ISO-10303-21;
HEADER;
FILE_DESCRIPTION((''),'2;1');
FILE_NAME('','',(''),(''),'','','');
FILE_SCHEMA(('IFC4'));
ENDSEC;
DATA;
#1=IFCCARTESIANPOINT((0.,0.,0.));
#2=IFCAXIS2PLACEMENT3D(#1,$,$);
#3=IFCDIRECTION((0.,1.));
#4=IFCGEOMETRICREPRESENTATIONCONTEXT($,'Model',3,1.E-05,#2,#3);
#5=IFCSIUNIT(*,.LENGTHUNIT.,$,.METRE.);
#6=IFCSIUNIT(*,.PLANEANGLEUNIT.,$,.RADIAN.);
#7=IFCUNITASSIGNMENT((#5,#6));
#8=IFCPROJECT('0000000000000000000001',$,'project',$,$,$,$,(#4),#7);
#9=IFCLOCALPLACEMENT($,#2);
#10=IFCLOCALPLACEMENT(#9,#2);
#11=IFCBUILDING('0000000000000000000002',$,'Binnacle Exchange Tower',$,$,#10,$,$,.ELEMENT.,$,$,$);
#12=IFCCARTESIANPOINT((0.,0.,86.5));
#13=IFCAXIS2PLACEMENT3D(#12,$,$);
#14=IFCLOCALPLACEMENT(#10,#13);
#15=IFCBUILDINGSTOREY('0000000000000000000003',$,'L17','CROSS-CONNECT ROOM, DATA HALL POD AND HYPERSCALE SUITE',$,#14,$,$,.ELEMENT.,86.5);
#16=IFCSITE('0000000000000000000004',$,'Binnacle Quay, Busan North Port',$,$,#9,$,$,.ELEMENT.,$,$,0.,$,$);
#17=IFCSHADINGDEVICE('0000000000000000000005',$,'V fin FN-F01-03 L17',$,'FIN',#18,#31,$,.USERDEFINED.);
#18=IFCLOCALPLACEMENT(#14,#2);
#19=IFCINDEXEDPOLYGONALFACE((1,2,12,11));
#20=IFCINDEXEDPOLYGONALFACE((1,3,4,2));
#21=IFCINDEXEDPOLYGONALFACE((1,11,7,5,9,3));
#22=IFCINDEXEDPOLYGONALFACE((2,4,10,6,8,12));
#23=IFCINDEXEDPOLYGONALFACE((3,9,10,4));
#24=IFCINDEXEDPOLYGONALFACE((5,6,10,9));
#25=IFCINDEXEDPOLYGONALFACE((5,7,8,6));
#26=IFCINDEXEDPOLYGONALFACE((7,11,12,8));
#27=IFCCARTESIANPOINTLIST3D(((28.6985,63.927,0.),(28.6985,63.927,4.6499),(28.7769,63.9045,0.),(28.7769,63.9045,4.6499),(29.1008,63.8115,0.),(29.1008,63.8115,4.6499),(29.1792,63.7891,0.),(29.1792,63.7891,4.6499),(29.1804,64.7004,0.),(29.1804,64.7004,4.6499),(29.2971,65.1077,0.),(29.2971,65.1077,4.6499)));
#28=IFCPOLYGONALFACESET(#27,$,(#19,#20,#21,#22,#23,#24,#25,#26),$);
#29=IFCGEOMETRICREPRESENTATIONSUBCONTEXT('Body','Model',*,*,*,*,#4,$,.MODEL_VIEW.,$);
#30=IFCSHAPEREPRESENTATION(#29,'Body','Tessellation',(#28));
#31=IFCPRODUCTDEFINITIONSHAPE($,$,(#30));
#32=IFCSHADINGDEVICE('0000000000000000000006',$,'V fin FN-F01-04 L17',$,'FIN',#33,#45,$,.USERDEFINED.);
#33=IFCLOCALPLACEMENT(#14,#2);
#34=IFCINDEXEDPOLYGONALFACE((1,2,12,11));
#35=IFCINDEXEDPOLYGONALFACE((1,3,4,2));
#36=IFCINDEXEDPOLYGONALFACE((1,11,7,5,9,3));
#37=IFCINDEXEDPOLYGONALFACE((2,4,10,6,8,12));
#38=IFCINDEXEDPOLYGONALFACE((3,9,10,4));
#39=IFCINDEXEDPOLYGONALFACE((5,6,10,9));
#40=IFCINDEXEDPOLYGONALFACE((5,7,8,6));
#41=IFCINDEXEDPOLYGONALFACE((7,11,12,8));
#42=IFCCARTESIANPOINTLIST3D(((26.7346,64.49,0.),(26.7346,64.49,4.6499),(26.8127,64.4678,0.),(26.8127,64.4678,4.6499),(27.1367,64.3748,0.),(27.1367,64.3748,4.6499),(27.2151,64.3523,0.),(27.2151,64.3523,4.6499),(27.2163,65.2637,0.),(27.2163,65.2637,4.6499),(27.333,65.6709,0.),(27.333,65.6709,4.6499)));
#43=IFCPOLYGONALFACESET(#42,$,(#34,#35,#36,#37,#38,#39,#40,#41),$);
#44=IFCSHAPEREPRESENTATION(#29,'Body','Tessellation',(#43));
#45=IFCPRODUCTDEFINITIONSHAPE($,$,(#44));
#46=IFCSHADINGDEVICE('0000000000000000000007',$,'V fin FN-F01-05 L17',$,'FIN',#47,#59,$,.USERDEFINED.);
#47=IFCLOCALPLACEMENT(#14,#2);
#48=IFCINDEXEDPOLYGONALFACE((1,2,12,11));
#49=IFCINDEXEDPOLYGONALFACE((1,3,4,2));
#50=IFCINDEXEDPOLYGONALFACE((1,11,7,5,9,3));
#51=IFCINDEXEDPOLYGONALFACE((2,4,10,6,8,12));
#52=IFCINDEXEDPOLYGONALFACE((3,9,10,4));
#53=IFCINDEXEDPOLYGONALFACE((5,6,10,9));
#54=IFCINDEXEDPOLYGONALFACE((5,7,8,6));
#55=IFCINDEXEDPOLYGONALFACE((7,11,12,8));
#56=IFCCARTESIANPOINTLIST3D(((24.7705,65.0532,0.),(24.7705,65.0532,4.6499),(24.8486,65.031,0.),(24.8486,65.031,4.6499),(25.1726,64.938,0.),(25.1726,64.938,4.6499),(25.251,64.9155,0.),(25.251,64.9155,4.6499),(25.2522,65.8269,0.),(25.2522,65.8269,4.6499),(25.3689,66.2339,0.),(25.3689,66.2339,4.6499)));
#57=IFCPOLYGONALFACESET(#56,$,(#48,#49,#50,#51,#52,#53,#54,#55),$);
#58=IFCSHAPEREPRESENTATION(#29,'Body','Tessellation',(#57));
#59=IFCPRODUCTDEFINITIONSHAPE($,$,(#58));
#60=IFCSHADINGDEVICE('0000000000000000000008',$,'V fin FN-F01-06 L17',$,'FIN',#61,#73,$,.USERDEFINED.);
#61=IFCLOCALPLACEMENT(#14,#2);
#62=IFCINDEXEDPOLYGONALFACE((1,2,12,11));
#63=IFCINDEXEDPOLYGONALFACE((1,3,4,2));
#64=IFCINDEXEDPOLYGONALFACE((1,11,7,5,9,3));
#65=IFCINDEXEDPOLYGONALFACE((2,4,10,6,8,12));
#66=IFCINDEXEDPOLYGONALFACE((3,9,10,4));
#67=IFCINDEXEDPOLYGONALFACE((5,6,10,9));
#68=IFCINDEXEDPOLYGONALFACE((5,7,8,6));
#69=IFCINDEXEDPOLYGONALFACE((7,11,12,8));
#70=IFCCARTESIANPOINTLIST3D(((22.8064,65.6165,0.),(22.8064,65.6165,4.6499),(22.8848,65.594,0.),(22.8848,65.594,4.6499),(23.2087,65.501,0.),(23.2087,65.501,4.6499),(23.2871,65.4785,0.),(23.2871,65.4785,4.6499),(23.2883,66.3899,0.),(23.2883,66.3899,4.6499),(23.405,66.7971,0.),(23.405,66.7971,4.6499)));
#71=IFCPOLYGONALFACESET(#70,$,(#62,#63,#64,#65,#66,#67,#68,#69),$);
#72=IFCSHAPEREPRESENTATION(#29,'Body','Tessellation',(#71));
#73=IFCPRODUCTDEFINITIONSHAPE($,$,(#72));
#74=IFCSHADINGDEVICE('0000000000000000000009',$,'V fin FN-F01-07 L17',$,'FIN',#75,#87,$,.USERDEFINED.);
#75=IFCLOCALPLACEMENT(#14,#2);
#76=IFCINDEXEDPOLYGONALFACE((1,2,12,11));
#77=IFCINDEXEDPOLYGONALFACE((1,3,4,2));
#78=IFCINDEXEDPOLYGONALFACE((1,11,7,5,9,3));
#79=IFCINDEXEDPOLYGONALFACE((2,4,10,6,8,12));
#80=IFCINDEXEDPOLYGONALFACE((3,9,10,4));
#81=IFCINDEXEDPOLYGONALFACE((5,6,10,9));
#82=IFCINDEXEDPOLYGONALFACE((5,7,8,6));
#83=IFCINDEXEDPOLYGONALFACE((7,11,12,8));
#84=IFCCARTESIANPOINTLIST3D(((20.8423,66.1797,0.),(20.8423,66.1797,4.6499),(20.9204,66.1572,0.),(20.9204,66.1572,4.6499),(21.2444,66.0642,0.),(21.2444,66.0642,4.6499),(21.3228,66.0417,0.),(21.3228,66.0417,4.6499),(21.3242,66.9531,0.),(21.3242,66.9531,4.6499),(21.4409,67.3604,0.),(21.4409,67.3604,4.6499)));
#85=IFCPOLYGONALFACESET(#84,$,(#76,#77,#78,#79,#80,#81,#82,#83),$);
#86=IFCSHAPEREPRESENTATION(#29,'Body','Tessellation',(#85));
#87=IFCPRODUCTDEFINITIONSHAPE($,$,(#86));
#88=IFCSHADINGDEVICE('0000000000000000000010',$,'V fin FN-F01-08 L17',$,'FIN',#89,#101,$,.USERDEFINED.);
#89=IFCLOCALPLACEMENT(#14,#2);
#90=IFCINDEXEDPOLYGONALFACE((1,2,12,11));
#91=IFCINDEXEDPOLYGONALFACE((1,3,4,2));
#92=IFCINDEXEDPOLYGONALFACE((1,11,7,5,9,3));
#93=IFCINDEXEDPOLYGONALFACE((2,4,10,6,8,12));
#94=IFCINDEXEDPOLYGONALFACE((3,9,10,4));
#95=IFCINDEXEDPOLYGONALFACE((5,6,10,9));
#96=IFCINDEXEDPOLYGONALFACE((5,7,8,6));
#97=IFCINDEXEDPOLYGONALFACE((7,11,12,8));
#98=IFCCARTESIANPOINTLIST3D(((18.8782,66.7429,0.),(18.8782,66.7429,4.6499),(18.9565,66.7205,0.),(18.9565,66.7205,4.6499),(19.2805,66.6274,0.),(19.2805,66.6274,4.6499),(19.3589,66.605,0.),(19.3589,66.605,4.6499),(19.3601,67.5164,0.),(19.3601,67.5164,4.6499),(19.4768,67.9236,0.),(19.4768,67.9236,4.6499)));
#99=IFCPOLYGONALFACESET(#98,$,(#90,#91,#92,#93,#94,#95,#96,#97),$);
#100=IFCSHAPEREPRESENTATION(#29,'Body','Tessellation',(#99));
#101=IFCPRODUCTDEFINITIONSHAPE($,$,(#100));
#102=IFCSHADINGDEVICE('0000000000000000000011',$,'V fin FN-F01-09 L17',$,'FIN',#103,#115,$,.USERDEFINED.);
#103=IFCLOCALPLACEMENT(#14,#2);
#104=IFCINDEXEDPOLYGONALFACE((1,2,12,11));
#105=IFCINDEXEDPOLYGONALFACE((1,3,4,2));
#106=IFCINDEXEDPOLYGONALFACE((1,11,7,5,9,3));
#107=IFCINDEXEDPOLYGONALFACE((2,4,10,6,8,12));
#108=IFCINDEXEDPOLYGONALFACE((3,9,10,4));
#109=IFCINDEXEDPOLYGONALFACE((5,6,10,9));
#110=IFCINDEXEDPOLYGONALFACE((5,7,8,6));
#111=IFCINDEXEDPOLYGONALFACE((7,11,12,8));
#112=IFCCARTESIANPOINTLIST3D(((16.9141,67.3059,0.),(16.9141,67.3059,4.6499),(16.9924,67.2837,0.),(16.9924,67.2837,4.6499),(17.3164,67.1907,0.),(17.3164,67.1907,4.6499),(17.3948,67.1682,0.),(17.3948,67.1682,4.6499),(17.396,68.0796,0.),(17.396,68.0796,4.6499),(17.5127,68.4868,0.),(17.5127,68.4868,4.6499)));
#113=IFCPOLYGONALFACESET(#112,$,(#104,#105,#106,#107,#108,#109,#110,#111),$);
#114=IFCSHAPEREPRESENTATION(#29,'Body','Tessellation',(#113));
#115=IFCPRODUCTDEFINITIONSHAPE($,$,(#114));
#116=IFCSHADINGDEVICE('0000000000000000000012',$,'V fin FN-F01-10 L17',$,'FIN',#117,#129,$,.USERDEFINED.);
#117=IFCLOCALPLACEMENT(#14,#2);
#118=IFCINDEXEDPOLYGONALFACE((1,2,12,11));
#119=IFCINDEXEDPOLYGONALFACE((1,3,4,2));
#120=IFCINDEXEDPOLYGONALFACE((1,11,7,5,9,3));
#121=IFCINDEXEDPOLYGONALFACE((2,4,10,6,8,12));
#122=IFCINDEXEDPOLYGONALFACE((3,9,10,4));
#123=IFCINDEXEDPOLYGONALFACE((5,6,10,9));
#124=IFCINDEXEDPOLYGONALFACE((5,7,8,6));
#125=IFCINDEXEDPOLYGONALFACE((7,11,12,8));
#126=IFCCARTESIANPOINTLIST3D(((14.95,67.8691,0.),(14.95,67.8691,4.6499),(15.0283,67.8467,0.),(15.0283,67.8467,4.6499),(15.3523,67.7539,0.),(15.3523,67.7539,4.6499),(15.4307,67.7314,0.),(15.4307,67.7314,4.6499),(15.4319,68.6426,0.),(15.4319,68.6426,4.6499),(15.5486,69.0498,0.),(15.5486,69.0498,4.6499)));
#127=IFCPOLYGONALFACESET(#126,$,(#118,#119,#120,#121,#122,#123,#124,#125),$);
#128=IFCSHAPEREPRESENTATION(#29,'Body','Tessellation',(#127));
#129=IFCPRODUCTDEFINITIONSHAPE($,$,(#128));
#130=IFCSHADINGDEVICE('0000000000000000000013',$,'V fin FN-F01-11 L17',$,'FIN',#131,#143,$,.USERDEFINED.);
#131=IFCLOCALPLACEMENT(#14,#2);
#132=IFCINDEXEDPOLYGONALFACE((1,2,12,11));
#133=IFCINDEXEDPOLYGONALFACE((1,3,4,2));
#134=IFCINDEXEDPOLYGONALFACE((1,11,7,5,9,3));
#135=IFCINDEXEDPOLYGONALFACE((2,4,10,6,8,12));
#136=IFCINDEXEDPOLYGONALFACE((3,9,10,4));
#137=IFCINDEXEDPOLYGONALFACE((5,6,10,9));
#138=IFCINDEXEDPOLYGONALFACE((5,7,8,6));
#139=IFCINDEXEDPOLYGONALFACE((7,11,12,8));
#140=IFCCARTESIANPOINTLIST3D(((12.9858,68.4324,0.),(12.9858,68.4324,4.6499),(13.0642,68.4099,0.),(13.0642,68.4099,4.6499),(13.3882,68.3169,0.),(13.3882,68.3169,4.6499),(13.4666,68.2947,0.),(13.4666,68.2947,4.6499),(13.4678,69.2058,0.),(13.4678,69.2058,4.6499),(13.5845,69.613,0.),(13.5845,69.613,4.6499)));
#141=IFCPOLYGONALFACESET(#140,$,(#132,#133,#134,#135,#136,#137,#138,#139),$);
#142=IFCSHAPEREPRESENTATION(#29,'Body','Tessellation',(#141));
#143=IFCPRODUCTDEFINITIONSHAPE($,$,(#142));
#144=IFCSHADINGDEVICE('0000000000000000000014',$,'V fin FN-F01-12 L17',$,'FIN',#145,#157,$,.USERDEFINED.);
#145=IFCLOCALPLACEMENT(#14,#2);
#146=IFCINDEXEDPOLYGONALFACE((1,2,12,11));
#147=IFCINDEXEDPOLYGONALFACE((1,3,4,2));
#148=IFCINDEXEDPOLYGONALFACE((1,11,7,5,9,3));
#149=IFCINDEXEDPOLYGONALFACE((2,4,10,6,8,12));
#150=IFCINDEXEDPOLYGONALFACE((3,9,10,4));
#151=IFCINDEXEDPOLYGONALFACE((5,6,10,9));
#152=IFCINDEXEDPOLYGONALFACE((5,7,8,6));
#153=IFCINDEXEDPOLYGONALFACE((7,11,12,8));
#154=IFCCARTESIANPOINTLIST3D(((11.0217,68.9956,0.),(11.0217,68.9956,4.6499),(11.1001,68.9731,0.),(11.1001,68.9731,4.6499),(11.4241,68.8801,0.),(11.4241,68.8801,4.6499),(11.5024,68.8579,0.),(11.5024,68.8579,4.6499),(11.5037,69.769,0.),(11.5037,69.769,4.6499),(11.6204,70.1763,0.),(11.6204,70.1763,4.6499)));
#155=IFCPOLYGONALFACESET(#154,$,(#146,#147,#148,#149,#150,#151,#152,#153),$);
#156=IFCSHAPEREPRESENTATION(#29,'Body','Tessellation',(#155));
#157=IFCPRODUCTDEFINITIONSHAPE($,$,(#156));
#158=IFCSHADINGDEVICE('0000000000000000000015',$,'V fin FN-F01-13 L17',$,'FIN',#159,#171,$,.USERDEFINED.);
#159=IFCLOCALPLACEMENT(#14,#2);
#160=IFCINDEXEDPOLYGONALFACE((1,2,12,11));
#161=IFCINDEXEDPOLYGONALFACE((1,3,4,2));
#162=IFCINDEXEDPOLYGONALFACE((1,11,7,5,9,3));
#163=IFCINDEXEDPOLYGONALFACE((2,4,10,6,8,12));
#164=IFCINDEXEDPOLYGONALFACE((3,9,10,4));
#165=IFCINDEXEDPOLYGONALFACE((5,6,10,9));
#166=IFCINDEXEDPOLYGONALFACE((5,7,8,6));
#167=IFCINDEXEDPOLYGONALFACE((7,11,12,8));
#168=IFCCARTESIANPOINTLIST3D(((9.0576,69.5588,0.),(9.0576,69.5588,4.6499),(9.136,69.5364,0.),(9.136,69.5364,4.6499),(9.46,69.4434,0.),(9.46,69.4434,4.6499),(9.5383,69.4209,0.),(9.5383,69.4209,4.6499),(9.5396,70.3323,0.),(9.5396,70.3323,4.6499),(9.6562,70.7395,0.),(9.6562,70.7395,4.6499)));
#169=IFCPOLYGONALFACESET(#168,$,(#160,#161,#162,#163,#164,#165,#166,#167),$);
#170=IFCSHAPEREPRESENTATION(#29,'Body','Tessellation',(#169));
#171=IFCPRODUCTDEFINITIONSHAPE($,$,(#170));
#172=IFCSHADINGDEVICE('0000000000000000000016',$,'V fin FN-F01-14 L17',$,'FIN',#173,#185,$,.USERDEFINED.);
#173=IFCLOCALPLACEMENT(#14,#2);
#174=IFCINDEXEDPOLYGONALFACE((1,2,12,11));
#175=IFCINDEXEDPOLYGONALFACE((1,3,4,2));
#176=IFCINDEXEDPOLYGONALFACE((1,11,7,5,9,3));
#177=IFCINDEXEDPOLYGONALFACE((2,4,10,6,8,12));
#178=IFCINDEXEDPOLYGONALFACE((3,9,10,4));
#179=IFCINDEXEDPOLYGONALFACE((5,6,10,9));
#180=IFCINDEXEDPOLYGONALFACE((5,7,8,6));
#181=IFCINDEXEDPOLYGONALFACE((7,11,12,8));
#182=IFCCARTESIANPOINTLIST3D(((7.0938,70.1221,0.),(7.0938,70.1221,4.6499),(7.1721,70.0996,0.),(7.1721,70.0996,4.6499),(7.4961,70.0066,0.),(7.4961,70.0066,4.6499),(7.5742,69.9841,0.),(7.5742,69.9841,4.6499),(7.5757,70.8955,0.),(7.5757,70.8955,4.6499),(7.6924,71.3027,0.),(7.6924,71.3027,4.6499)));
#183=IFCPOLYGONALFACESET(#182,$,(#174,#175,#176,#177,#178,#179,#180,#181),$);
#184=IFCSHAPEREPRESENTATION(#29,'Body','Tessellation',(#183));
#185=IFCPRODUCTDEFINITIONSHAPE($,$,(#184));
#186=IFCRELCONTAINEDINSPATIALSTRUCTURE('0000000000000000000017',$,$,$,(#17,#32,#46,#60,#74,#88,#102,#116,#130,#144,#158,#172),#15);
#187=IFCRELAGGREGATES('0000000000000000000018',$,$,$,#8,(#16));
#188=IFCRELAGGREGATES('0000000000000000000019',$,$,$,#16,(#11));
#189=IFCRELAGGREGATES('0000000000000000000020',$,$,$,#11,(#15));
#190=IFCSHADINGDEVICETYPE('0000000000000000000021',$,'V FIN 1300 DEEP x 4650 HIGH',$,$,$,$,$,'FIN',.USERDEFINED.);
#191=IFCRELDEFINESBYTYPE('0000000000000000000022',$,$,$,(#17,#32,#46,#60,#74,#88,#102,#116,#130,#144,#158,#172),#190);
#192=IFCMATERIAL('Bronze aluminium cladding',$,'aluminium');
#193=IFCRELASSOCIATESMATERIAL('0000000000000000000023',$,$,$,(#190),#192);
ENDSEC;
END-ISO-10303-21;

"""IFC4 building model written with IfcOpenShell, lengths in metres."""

from ifc_helpers import new_model, si_unit, direction, frame, origin, place, context, subcontext, project, spatial, polyline, outline, extrude, material, type_object, element, save


model = new_model("IFC4")

# Units and contexts
model_context = context("Model", 3, precision=1e-05, world=origin(), true_north=direction((0.0, 1.0)))
body_context = subcontext(model_context, "Body", "Model", "MODEL_VIEW")
ifc_project = project(units=[si_unit("LENGTHUNIT", "METRE"), si_unit("PLANEANGLEUNIT", "RADIAN")], contexts=[model_context])

# Site, building, storey
site_placement = place(None, origin())
site = spatial("IfcSite", under=ifc_project, at=site_placement, Name="Binnacle Quay, Busan North Port", CompositionType="ELEMENT", RefElevation=0.0)
building_placement = place(site_placement, origin())
building = spatial("IfcBuilding", under=site, at=building_placement, Name="Binnacle Exchange Tower", CompositionType="ELEMENT")
storey_placement = place(building_placement, frame((0.0, 0.0, 86.5)))
storey = spatial("IfcBuildingStorey", under=building, at=storey_placement, Name="L17", Description="CROSS-CONNECT ROOM, DATA HALL POD AND HYPERSCALE SUITE", CompositionType="ELEMENT", Elevation=86.5)

# Shading devices
ifc_material_1 = material(Name="Bronze aluminium cladding", Category="aluminium")
shading_device_type = type_object("IfcShadingDeviceType", Name="V FIN 1300 DEEP x 4650 HIGH", ElementType="FIN", PredefinedType="USERDEFINED", material=ifc_material_1)
shading_device_1_placement = place(storey_placement, origin())
element("IfcShadingDevice", 1, at=shading_device_1_placement, inside=storey, type_object=shading_device_type, Name="V fin FN-F01-03 L17", ObjectType="FIN", PredefinedType="USERDEFINED", context=body_context, shape_type="SweptSolid", body=[
    extrude(outline(polyline([(29.1792, 63.7891), (29.2971, 65.1077), (28.6985, 63.927), (28.7769, 63.9045), (29.1804, 64.7004), (29.1008, 63.8115), (29.1792, 63.7891)])), origin(), (0.0, 0.0, 1.0), 4.6499),
])
shading_device_2_placement = place(storey_placement, origin())
element("IfcShadingDevice", 2, at=shading_device_2_placement, inside=storey, type_object=shading_device_type, Name="V fin FN-F01-04 L17", ObjectType="FIN", PredefinedType="USERDEFINED", context=body_context, shape_type="SweptSolid", body=[
    extrude(outline(polyline([(27.2151, 64.3523), (27.333, 65.6709), (26.7346, 64.49), (26.8127, 64.4678), (27.2163, 65.2637), (27.1367, 64.3748), (27.2151, 64.3523)])), origin(), (0.0, 0.0, 1.0), 4.6499),
])
shading_device_3_placement = place(storey_placement, origin())
element("IfcShadingDevice", 3, at=shading_device_3_placement, inside=storey, type_object=shading_device_type, Name="V fin FN-F01-05 L17", ObjectType="FIN", PredefinedType="USERDEFINED", context=body_context, shape_type="SweptSolid", body=[
    extrude(outline(polyline([(25.251, 64.9155), (25.3689, 66.2339), (24.7705, 65.0532), (24.8486, 65.031), (25.2522, 65.8269), (25.1726, 64.938), (25.251, 64.9155)])), origin(), (0.0, 0.0, 1.0), 4.6499),
])
shading_device_4_placement = place(storey_placement, origin())
element("IfcShadingDevice", 4, at=shading_device_4_placement, inside=storey, type_object=shading_device_type, Name="V fin FN-F01-06 L17", ObjectType="FIN", PredefinedType="USERDEFINED", context=body_context, shape_type="SweptSolid", body=[
    extrude(outline(polyline([(23.2871, 65.4785), (23.405, 66.7971), (22.8064, 65.6165), (22.8848, 65.594), (23.2883, 66.3899), (23.2087, 65.501), (23.2871, 65.4785)])), origin(), (0.0, 0.0, 1.0), 4.6499),
])
shading_device_5_placement = place(storey_placement, origin())
element("IfcShadingDevice", 5, at=shading_device_5_placement, inside=storey, type_object=shading_device_type, Name="V fin FN-F01-07 L17", ObjectType="FIN", PredefinedType="USERDEFINED", context=body_context, shape_type="SweptSolid", body=[
    extrude(outline(polyline([(21.3228, 66.0417), (21.4409, 67.3604), (20.8423, 66.1797), (20.9204, 66.1572), (21.3242, 66.9531), (21.2444, 66.0642), (21.3228, 66.0417)])), origin(), (0.0, 0.0, 1.0), 4.6499),
])
shading_device_6_placement = place(storey_placement, origin())
element("IfcShadingDevice", 6, at=shading_device_6_placement, inside=storey, type_object=shading_device_type, Name="V fin FN-F01-08 L17", ObjectType="FIN", PredefinedType="USERDEFINED", context=body_context, shape_type="SweptSolid", body=[
    extrude(outline(polyline([(19.3589, 66.605), (19.4768, 67.9236), (18.8782, 66.7429), (18.9565, 66.7205), (19.3601, 67.5164), (19.2805, 66.6274), (19.3589, 66.605)])), origin(), (0.0, 0.0, 1.0), 4.6499),
])
shading_device_7_placement = place(storey_placement, origin())
element("IfcShadingDevice", 7, at=shading_device_7_placement, inside=storey, type_object=shading_device_type, Name="V fin FN-F01-09 L17", ObjectType="FIN", PredefinedType="USERDEFINED", context=body_context, shape_type="SweptSolid", body=[
    extrude(outline(polyline([(17.3948, 67.1682), (17.5127, 68.4868), (16.9141, 67.3059), (16.9924, 67.2837), (17.396, 68.0796), (17.3164, 67.1907), (17.3948, 67.1682)])), origin(), (0.0, 0.0, 1.0), 4.6499),
])
shading_device_8_placement = place(storey_placement, origin())
element("IfcShadingDevice", 8, at=shading_device_8_placement, inside=storey, type_object=shading_device_type, Name="V fin FN-F01-10 L17", ObjectType="FIN", PredefinedType="USERDEFINED", context=body_context, shape_type="SweptSolid", body=[
    extrude(outline(polyline([(15.4307, 67.7314), (15.5486, 69.0498), (14.95, 67.8691), (15.0283, 67.8467), (15.4319, 68.6426), (15.3523, 67.7539), (15.4307, 67.7314)])), origin(), (0.0, 0.0, 1.0), 4.6499),
])
shading_device_9_placement = place(storey_placement, origin())
element("IfcShadingDevice", 9, at=shading_device_9_placement, inside=storey, type_object=shading_device_type, Name="V fin FN-F01-11 L17", ObjectType="FIN", PredefinedType="USERDEFINED", context=body_context, shape_type="SweptSolid", body=[
    extrude(outline(polyline([(13.4666, 68.2947), (13.5845, 69.613), (12.9858, 68.4324), (13.0642, 68.4099), (13.4678, 69.2058), (13.3882, 68.3169), (13.4666, 68.2947)])), origin(), (0.0, 0.0, 1.0), 4.6499),
])
shading_device_10_placement = place(storey_placement, origin())
element("IfcShadingDevice", 10, at=shading_device_10_placement, inside=storey, type_object=shading_device_type, Name="V fin FN-F01-12 L17", ObjectType="FIN", PredefinedType="USERDEFINED", context=body_context, shape_type="SweptSolid", body=[
    extrude(outline(polyline([(11.5024, 68.8579), (11.6204, 70.1763), (11.0217, 68.9956), (11.1001, 68.9731), (11.5037, 69.769), (11.4241, 68.8801), (11.5024, 68.8579)])), origin(), (0.0, 0.0, 1.0), 4.6499),
])
shading_device_11_placement = place(storey_placement, origin())
element("IfcShadingDevice", 11, at=shading_device_11_placement, inside=storey, type_object=shading_device_type, Name="V fin FN-F01-13 L17", ObjectType="FIN", PredefinedType="USERDEFINED", context=body_context, shape_type="SweptSolid", body=[
    extrude(outline(polyline([(9.5383, 69.4209), (9.6562, 70.7395), (9.0576, 69.5588), (9.136, 69.5364), (9.5396, 70.3323), (9.46, 69.4434), (9.5383, 69.4209)])), origin(), (0.0, 0.0, 1.0), 4.6499),
])
shading_device_12_placement = place(storey_placement, origin())
element("IfcShadingDevice", 12, at=shading_device_12_placement, inside=storey, type_object=shading_device_type, Name="V fin FN-F01-14 L17", ObjectType="FIN", PredefinedType="USERDEFINED", context=body_context, shape_type="SweptSolid", body=[
    extrude(outline(polyline([(7.5742, 69.9841), (7.6924, 71.3027), (7.0938, 70.1221), (7.1721, 70.0996), (7.5757, 70.8955), (7.4961, 70.0066), (7.5742, 69.9841)])), origin(), (0.0, 0.0, 1.0), 4.6499),
])

save(model, "model.ifc")
